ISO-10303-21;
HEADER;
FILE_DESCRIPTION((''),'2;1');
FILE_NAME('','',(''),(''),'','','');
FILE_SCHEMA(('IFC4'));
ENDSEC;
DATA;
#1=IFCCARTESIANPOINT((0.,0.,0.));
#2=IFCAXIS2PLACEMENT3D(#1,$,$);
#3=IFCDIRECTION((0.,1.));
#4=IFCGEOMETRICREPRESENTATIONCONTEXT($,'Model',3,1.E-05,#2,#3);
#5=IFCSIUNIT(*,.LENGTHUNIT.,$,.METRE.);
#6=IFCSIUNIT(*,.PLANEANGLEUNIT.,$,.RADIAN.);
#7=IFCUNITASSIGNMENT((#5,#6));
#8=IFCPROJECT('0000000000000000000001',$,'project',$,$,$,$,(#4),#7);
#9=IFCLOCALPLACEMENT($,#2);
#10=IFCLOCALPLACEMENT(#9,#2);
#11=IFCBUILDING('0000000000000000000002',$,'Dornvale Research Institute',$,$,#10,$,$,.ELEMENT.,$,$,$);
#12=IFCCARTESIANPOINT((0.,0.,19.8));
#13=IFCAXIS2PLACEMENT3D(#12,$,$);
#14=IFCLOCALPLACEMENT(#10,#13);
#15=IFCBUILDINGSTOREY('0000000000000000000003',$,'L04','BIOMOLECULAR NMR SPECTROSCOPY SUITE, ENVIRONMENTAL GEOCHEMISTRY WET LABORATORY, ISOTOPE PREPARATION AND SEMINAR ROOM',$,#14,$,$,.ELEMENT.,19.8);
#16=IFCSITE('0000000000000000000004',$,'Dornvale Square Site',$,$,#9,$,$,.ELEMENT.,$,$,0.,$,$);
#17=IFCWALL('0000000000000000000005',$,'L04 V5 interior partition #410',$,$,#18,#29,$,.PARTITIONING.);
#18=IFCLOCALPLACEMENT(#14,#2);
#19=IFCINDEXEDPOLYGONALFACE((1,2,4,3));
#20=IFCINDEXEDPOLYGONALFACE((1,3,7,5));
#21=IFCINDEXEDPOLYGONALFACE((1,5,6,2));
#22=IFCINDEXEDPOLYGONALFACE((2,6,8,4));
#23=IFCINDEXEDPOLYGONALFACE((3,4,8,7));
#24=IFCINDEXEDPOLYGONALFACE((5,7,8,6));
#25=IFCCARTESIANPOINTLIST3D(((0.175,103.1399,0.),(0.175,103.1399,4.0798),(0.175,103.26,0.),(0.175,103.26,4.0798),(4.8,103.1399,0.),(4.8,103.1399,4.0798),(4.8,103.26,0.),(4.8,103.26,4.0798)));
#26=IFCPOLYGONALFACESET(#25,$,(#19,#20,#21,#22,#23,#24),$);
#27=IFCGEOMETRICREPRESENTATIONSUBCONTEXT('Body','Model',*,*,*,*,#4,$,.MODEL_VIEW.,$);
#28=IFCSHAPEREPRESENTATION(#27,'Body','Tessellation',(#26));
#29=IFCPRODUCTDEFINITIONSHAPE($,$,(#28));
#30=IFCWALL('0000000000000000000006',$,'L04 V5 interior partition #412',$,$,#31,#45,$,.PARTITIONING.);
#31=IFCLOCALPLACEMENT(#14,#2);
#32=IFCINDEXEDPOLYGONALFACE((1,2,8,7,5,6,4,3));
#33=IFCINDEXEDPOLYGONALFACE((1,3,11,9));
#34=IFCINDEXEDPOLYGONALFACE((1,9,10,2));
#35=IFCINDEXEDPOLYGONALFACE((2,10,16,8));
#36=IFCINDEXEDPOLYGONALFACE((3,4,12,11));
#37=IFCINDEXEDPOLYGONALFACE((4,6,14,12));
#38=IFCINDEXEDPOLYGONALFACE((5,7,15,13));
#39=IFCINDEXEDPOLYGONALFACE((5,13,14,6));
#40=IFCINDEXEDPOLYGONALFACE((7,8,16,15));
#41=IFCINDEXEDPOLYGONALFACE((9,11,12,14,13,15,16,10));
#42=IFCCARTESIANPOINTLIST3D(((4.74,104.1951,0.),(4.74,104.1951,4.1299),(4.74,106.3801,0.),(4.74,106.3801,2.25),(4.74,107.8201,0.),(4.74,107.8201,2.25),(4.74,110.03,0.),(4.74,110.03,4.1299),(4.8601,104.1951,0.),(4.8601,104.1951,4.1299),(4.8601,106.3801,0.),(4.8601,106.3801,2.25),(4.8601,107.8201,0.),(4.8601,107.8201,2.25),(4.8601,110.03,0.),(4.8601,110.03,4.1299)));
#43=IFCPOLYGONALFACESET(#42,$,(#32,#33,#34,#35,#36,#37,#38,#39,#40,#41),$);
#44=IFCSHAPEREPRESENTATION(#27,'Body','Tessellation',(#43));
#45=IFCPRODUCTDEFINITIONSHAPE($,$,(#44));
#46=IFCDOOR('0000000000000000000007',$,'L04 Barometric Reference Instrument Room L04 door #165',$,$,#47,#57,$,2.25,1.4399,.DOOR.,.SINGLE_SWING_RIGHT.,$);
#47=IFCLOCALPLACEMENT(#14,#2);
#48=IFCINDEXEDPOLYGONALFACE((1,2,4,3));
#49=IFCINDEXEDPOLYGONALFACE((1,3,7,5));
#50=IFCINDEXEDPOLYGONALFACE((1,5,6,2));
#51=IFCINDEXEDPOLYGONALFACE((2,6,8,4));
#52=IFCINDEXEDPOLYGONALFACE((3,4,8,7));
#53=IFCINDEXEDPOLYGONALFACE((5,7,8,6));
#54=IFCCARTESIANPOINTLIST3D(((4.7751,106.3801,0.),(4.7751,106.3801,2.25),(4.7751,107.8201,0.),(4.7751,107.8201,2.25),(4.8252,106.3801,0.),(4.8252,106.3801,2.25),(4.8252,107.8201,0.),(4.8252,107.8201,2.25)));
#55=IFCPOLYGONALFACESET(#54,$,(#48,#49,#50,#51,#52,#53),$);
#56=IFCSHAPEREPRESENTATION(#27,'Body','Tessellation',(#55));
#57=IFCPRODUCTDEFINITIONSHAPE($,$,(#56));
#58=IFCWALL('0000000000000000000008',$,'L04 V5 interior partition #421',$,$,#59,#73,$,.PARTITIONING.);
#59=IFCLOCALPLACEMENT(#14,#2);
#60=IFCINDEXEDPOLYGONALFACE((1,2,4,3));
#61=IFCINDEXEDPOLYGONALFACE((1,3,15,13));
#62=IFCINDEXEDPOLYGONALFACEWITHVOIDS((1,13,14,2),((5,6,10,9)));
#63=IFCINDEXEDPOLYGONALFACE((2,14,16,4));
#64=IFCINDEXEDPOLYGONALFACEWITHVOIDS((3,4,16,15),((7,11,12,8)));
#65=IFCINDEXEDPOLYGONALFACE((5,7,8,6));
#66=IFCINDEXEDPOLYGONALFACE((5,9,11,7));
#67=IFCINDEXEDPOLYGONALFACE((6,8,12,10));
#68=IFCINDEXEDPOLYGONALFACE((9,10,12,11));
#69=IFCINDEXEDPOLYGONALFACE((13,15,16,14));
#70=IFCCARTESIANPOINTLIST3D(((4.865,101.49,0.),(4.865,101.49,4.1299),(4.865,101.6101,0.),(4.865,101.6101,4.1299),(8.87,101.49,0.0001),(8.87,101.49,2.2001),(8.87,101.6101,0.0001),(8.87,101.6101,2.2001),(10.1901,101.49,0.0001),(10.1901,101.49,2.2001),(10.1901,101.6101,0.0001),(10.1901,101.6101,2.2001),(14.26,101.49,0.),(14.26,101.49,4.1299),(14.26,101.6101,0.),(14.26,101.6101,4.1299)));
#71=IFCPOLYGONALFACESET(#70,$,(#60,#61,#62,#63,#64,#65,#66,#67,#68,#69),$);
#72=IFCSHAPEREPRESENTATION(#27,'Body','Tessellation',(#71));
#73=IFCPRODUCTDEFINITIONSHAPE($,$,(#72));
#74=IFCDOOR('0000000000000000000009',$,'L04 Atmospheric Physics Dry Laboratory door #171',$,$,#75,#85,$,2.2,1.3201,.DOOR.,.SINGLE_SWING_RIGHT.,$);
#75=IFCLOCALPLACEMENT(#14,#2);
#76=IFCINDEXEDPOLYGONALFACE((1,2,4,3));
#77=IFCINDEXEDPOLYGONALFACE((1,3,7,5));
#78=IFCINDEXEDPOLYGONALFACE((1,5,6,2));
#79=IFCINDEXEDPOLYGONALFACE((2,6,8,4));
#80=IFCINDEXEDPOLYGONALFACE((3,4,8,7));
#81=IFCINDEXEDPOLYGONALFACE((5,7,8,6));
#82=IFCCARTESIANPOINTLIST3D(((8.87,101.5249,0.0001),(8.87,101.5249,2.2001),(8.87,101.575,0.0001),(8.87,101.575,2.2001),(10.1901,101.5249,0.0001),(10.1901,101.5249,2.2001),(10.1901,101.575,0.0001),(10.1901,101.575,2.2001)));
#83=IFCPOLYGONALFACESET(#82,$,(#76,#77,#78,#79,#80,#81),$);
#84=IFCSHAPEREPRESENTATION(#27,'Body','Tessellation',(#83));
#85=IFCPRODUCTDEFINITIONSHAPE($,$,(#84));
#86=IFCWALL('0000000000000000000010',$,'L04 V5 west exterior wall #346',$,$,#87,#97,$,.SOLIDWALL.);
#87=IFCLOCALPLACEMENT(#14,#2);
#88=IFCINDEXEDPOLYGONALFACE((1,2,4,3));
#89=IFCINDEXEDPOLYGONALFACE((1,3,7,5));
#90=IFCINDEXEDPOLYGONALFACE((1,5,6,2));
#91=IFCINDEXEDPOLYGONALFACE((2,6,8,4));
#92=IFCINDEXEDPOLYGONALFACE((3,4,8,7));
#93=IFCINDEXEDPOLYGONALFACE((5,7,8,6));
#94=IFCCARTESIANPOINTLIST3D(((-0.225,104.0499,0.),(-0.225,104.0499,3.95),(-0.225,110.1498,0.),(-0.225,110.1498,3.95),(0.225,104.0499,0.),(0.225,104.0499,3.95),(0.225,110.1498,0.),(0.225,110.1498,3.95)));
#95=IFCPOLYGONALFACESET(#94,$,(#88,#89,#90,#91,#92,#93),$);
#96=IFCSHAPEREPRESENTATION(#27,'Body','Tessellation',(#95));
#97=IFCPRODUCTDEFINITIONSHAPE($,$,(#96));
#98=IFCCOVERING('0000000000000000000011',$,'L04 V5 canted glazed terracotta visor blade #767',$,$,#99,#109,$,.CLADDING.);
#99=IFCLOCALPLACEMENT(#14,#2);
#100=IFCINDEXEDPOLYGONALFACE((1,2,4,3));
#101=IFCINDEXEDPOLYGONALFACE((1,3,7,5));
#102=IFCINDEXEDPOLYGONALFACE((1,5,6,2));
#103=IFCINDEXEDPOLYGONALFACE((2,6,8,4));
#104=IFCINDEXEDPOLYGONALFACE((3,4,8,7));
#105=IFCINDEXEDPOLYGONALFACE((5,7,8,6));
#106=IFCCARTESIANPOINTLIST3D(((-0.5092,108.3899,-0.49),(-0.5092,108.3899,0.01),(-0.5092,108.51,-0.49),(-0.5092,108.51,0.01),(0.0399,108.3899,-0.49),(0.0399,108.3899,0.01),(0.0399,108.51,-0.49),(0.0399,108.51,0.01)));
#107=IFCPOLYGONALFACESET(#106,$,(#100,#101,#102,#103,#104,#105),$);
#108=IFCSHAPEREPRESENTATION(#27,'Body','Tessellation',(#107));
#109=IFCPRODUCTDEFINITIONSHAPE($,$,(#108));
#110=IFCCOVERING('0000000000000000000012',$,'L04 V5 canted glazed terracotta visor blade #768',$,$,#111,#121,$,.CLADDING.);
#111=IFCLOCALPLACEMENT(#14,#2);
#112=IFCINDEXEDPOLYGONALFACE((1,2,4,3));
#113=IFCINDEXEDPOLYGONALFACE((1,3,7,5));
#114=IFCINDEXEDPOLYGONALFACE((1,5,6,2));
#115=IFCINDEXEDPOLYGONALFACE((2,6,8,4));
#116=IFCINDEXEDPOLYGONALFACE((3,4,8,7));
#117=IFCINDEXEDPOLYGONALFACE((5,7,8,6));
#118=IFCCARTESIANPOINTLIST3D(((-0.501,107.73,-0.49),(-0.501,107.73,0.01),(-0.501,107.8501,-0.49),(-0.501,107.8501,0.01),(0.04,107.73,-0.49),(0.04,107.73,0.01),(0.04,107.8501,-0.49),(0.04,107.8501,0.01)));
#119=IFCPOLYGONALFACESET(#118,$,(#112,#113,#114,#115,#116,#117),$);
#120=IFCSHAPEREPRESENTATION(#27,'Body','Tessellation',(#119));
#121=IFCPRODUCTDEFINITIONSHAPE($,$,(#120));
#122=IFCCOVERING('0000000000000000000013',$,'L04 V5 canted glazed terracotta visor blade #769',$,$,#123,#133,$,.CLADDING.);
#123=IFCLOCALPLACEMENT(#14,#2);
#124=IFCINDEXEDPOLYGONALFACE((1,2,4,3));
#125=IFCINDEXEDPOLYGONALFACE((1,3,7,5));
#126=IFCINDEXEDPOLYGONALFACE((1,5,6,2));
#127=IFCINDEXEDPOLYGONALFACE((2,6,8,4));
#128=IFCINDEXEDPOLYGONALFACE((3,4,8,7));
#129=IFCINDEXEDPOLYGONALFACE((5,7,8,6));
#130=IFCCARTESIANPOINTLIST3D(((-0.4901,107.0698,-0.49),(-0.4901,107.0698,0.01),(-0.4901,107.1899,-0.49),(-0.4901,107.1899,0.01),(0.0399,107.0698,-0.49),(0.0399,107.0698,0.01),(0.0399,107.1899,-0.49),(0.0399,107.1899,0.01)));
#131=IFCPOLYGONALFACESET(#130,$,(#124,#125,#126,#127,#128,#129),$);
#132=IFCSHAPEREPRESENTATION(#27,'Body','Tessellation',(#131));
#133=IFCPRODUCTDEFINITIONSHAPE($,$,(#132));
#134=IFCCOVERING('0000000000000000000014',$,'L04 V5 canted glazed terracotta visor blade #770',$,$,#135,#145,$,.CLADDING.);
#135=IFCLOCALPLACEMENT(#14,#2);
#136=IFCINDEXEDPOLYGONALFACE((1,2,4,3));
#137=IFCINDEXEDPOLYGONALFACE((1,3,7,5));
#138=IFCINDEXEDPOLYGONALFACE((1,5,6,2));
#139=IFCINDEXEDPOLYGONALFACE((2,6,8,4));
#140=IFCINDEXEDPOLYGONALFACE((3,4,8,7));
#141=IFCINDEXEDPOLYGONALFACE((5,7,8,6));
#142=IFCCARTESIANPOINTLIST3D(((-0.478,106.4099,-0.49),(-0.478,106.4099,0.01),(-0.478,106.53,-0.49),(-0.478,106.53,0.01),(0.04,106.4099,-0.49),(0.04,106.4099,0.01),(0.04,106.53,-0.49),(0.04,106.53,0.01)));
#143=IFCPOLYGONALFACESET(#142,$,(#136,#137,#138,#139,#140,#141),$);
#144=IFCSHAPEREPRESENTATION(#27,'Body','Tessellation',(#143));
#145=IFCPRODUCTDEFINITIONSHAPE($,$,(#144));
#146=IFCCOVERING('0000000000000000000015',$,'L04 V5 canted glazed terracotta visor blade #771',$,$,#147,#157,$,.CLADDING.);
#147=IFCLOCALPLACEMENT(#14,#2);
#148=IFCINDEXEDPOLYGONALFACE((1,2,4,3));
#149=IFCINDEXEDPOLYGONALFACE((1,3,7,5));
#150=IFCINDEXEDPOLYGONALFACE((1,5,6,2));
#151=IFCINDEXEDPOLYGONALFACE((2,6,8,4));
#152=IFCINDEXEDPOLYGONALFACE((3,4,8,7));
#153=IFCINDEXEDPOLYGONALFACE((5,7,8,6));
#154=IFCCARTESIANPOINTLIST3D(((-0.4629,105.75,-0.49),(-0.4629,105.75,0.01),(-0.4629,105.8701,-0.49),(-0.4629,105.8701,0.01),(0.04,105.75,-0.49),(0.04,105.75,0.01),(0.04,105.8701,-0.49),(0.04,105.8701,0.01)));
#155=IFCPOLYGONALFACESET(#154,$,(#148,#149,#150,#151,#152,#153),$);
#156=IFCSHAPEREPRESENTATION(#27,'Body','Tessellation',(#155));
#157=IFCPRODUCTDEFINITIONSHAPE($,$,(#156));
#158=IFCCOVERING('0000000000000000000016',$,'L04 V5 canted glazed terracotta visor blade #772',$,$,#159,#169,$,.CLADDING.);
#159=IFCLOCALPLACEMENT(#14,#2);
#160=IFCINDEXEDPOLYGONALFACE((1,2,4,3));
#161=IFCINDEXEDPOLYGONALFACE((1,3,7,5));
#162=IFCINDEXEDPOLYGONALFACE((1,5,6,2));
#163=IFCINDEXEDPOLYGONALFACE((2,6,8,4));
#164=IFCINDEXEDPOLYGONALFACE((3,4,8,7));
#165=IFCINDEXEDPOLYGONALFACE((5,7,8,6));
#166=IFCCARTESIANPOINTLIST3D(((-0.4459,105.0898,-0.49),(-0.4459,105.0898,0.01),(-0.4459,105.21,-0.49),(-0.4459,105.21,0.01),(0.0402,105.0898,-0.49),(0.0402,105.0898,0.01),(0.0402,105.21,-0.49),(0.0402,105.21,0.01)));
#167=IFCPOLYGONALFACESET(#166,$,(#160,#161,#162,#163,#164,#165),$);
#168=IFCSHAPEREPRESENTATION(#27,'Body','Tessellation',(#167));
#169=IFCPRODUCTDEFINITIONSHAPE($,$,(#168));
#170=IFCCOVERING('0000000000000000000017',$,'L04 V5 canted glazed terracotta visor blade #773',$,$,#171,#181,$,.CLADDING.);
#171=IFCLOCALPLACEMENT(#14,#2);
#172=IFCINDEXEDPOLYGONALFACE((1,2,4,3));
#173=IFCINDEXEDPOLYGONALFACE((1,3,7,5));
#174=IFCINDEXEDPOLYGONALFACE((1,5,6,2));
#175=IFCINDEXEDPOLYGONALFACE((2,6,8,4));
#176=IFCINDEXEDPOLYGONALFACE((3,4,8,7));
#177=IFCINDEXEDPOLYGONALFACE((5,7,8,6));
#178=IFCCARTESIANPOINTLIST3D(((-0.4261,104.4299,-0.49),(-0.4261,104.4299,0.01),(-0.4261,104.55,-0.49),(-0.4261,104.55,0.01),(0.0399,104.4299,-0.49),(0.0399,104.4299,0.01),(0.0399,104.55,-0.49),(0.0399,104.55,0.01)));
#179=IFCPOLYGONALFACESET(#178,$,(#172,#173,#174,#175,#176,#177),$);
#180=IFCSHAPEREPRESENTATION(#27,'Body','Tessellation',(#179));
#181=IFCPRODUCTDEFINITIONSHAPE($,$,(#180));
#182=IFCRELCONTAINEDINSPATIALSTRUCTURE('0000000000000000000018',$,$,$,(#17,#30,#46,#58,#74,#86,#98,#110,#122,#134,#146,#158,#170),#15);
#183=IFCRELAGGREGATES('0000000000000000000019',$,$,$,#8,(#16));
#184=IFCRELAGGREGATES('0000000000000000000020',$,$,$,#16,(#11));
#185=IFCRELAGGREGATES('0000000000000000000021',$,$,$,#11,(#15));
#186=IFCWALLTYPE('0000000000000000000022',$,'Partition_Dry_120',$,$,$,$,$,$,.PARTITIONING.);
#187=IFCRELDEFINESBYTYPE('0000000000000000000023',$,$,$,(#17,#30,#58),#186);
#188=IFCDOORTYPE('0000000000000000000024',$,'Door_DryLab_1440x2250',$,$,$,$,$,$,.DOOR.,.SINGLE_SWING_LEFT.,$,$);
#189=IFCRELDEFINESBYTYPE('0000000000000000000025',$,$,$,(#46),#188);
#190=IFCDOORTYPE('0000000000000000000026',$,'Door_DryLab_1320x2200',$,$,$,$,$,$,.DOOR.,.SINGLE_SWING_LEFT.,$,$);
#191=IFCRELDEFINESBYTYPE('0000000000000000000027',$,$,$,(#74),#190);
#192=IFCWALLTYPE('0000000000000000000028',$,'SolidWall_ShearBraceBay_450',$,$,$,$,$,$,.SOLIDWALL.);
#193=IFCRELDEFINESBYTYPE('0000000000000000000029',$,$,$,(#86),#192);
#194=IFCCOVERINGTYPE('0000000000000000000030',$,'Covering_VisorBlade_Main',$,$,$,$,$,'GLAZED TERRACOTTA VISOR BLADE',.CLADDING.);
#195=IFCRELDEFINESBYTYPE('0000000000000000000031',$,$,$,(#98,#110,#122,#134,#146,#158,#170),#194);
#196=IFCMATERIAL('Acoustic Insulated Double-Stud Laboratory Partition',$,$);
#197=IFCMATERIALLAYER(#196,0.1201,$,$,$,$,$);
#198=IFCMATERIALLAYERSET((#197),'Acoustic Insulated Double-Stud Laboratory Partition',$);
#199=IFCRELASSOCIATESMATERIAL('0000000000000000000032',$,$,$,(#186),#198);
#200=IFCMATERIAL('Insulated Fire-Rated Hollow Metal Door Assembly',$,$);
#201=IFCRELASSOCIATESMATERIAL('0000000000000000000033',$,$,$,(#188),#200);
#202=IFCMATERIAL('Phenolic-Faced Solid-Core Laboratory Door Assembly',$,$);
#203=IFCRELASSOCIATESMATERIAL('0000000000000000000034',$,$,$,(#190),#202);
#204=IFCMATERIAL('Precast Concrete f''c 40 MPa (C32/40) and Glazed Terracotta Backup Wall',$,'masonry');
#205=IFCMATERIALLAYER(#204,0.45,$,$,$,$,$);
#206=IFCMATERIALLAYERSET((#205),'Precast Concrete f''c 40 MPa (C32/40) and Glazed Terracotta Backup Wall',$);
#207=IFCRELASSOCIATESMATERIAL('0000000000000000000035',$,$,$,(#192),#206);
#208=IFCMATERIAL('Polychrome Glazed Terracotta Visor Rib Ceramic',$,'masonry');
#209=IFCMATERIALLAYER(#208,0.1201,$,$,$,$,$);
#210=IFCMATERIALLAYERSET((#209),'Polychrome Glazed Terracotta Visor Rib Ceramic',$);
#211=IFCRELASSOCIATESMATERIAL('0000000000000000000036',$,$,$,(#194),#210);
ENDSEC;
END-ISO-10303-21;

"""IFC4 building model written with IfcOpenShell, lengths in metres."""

from ifc_helpers import new_model, si_unit, direction, frame, frame_2d, origin, origin_2d, place, context, subcontext, project, spatial, rectangle, extrude, material, layer, layer_set, type_object, element, fill, save


model = new_model("IFC4")

# Units and contexts
model_context = context("Model", 3, precision=1e-05, world=origin(), true_north=direction((0.0, 1.0)))
body_context = subcontext(model_context, "Body", "Model", "MODEL_VIEW")
ifc_project = project(units=[si_unit("LENGTHUNIT", "METRE"), si_unit("PLANEANGLEUNIT", "RADIAN")], contexts=[model_context])

# Site, building, storey
site_placement = place(None, origin())
site = spatial("IfcSite", under=ifc_project, at=site_placement, Name="Dornvale Square Site", CompositionType="ELEMENT", RefElevation=0.0)
building_placement = place(site_placement, origin())
building = spatial("IfcBuilding", under=site, at=building_placement, Name="Dornvale Research Institute", CompositionType="ELEMENT")
storey_placement = place(building_placement, frame((0.0, 0.0, 19.8)))
storey = spatial("IfcBuildingStorey", under=building, at=storey_placement, Name="L04", Description="BIOMOLECULAR NMR SPECTROSCOPY SUITE, ENVIRONMENTAL GEOCHEMISTRY WET LABORATORY, ISOTOPE PREPARATION AND SEMINAR ROOM", CompositionType="ELEMENT", Elevation=19.8)

# Wall
ifc_material_1 = material(Name="Acoustic Insulated Double-Stud Laboratory Partition")
ifc_layer_1 = layer(ifc_material_1, 0.1201)
ifc_layer_set_1 = layer_set([ifc_layer_1], Name="Acoustic Insulated Double-Stud Laboratory Partition")
wall_type_1 = type_object("IfcWallType", Name="Partition_Dry_120", PredefinedType="PARTITIONING", material=ifc_layer_set_1)
wall_1_placement = place(storey_placement, frame((0.175, 103.2, 0.0), z_axis=(0.0, 0.0, 1.0), x_axis=(1.0, 0.0, 0.0)))
element("IfcWall", 1, at=wall_1_placement, inside=storey, type_object=wall_type_1, Name="L04 V5 interior partition #410", PredefinedType="PARTITIONING", context=body_context, shape_type="SweptSolid", body=[
    extrude(rectangle(XDim=4.625, YDim=0.1201, at=frame_2d((2.3125, 0.0))), origin(), (0.0, 0.0, 1.0), 4.0798),
])

# Walls, openings, doors
wall_2_placement = place(storey_placement, frame((4.8, 104.1951, 0.0), z_axis=(0.0, 0.0, 1.0), x_axis=(0.0, 1.0, 0.0)))
wall_2 = element("IfcWall", 2, at=wall_2_placement, inside=storey, type_object=wall_type_1, Name="L04 V5 interior partition #412", PredefinedType="PARTITIONING", context=body_context, shape_type="SweptSolid", body=[
    extrude(rectangle(XDim=5.835, YDim=0.1201, at=frame_2d((2.9175, 0.0))), origin(), (0.0, 0.0, 1.0), 4.1299),
])
opening_1_placement = place(wall_2_placement, frame((2.1851, 0.0, 0.0)))
opening_1 = element("IfcOpeningElement", 3, at=opening_1_placement, cuts=wall_2, PredefinedType="OPENING", context=body_context, shape_type="SweptSolid", body=[
    extrude(rectangle(XDim=1.4399, YDim=2.25, at=frame_2d((0.72, 1.125))), frame((0.0, 0.075, 0.0), z_axis=(0.0, -1.0, 0.0), x_axis=(1.0, 0.0, 0.0)), (0.0, 0.0, 1.0), 0.1501),
])
ifc_material_2 = material(Name="Insulated Fire-Rated Hollow Metal Door Assembly")
door_type_1 = type_object("IfcDoorType", Name="Door_DryLab_1440x2250", OperationType="SINGLE_SWING_LEFT", PredefinedType="DOOR", material=ifc_material_2)
door_1_placement = place(opening_1_placement, origin())
door_1 = element("IfcDoor", 4, at=door_1_placement, inside=storey, type_object=door_type_1, Name="L04 Barometric Reference Instrument Room L04 door #165", OperationType="SINGLE_SWING_RIGHT", OverallHeight=2.25, OverallWidth=1.4399, PredefinedType="DOOR", context=body_context, shape_type="SweptSolid", body=[
    extrude(rectangle(XDim=1.4399, YDim=2.25, at=frame_2d((0.72, 1.125))), frame((0.0, 0.0249, 0.0), z_axis=(0.0, -1.0, 0.0), x_axis=(1.0, 0.0, 0.0)), (0.0, 0.0, 1.0), 0.05),
])
fill(opening_1, door_1)
wall_3_placement = place(storey_placement, frame((4.865, 101.55, 0.0), z_axis=(0.0, 0.0, 1.0), x_axis=(1.0, 0.0, 0.0)))
wall_3 = element("IfcWall", 5, at=wall_3_placement, inside=storey, type_object=wall_type_1, Name="L04 V5 interior partition #421", PredefinedType="PARTITIONING", context=body_context, shape_type="SweptSolid", body=[
    extrude(rectangle(XDim=9.395, YDim=0.1201, at=frame_2d((4.6975, 0.0))), origin(), (0.0, 0.0, 1.0), 4.1299),
])
opening_2_placement = place(wall_3_placement, frame((4.0049, 0.0, 0.0)))
opening_2 = element("IfcOpeningElement", 6, at=opening_2_placement, cuts=wall_3, PredefinedType="OPENING", context=body_context, shape_type="SweptSolid", body=[
    extrude(rectangle(XDim=1.3201, YDim=2.2, at=frame_2d((0.6602, 1.1001))), frame((0.0, 0.075, 0.0), z_axis=(0.0, -1.0, 0.0), x_axis=(1.0, 0.0, 0.0)), (0.0, 0.0, 1.0), 0.1501),
])
ifc_material_3 = material(Name="Phenolic-Faced Solid-Core Laboratory Door Assembly")
door_type_2 = type_object("IfcDoorType", Name="Door_DryLab_1320x2200", OperationType="SINGLE_SWING_LEFT", PredefinedType="DOOR", material=ifc_material_3)
door_2_placement = place(opening_2_placement, origin())
door_2 = element("IfcDoor", 7, at=door_2_placement, inside=storey, type_object=door_type_2, Name="L04 Atmospheric Physics Dry Laboratory door #171", OperationType="SINGLE_SWING_RIGHT", OverallHeight=2.2, OverallWidth=1.3201, PredefinedType="DOOR", context=body_context, shape_type="SweptSolid", body=[
    extrude(rectangle(XDim=1.3201, YDim=2.2, at=frame_2d((0.6602, 1.1001))), frame((0.0, 0.0249, 0.0), z_axis=(0.0, -1.0, 0.0), x_axis=(1.0, 0.0, 0.0)), (0.0, 0.0, 1.0), 0.05),
])
fill(opening_2, door_2)

# Wall
ifc_material_4 = material(Name="Precast Concrete f'c 40 MPa (C32/40) and Glazed Terracotta Backup Wall", Category="masonry")
ifc_layer_2 = layer(ifc_material_4, 0.45)
ifc_layer_set_2 = layer_set([ifc_layer_2], Name="Precast Concrete f'c 40 MPa (C32/40) and Glazed Terracotta Backup Wall")
wall_type_2 = type_object("IfcWallType", Name="SolidWall_ShearBraceBay_450", PredefinedType="SOLIDWALL", material=ifc_layer_set_2)
wall_4_placement = place(storey_placement, frame((0.0, 104.05, 0.0), z_axis=(0.0, 0.0, 1.0), x_axis=(0.0, 1.0, 0.0)))
element("IfcWall", 8, at=wall_4_placement, inside=storey, type_object=wall_type_2, Name="L04 V5 west exterior wall #346", PredefinedType="SOLIDWALL", context=body_context, shape_type="SweptSolid", body=[
    extrude(rectangle(XDim=6.0999, YDim=0.45, at=frame_2d((3.0498, 0.0))), origin(), (0.0, 0.0, 1.0), 3.95),
])

# Coverings
ifc_material_5 = material(Name="Polychrome Glazed Terracotta Visor Rib Ceramic", Category="masonry")
ifc_layer_3 = layer(ifc_material_5, 0.1201)
ifc_layer_set_3 = layer_set([ifc_layer_3], Name="Polychrome Glazed Terracotta Visor Rib Ceramic")
covering_type = type_object("IfcCoveringType", Name="Covering_VisorBlade_Main", ElementType="GLAZED TERRACOTTA VISOR BLADE", PredefinedType="CLADDING", material=ifc_layer_set_3)
covering_1_placement = place(storey_placement, frame((-0.2346, 108.45, -0.49), z_axis=(0.0, 0.0, 1.0), x_axis=(1.0, 0.0, 0.0)))
element("IfcCovering", 9, at=covering_1_placement, inside=storey, type_object=covering_type, Name="L04 V5 canted glazed terracotta visor blade #767", PredefinedType="CLADDING", context=body_context, shape_type="SweptSolid", body=[
    extrude(rectangle(XDim=0.5491, YDim=0.1201, at=origin_2d()), origin(), (0.0, 0.0, 1.0), 0.5),
])
covering_2_placement = place(storey_placement, frame((-0.2305, 107.79, -0.49), z_axis=(0.0, 0.0, 1.0), x_axis=(1.0, 0.0, 0.0)))
element("IfcCovering", 10, at=covering_2_placement, inside=storey, type_object=covering_type, Name="L04 V5 canted glazed terracotta visor blade #768", PredefinedType="CLADDING", context=body_context, shape_type="SweptSolid", body=[
    extrude(rectangle(XDim=0.541, YDim=0.1201, at=origin_2d()), origin(), (0.0, 0.0, 1.0), 0.5),
])
covering_3_placement = place(storey_placement, frame((-0.2251, 107.1299, -0.49), z_axis=(0.0, 0.0, 1.0), x_axis=(1.0, 0.0, 0.0)))
element("IfcCovering", 11, at=covering_3_placement, inside=storey, type_object=covering_type, Name="L04 V5 canted glazed terracotta visor blade #769", PredefinedType="CLADDING", context=body_context, shape_type="SweptSolid", body=[
    extrude(rectangle(XDim=0.53, YDim=0.1201, at=origin_2d()), origin(), (0.0, 0.0, 1.0), 0.5),
])
covering_4_placement = place(storey_placement, frame((-0.219, 106.47, -0.49), z_axis=(0.0, 0.0, 1.0), x_axis=(1.0, 0.0, 0.0)))
element("IfcCovering", 12, at=covering_4_placement, inside=storey, type_object=covering_type, Name="L04 V5 canted glazed terracotta visor blade #770", PredefinedType="CLADDING", context=body_context, shape_type="SweptSolid", body=[
    extrude(rectangle(XDim=0.5181, YDim=0.1201, at=origin_2d()), origin(), (0.0, 0.0, 1.0), 0.5),
])
covering_5_placement = place(storey_placement, frame((-0.2114, 105.8101, -0.49), z_axis=(0.0, 0.0, 1.0), x_axis=(1.0, 0.0, 0.0)))
element("IfcCovering", 13, at=covering_5_placement, inside=storey, type_object=covering_type, Name="L04 V5 canted glazed terracotta visor blade #771", PredefinedType="CLADDING", context=body_context, shape_type="SweptSolid", body=[
    extrude(rectangle(XDim=0.5029, YDim=0.1201, at=origin_2d()), origin(), (0.0, 0.0, 1.0), 0.5),
])
covering_6_placement = place(storey_placement, frame((-0.2029, 105.1499, -0.49), z_axis=(0.0, 0.0, 1.0), x_axis=(1.0, 0.0, 0.0)))
element("IfcCovering", 14, at=covering_6_placement, inside=storey, type_object=covering_type, Name="L04 V5 canted glazed terracotta visor blade #772", PredefinedType="CLADDING", context=body_context, shape_type="SweptSolid", body=[
    extrude(rectangle(XDim=0.4861, YDim=0.1201, at=origin_2d()), origin(), (0.0, 0.0, 1.0), 0.5),
])
covering_7_placement = place(storey_placement, frame((-0.1931, 104.49, -0.49), z_axis=(0.0, 0.0, 1.0), x_axis=(1.0, 0.0, 0.0)))
element("IfcCovering", 15, at=covering_7_placement, inside=storey, type_object=covering_type, Name="L04 V5 canted glazed terracotta visor blade #773", PredefinedType="CLADDING", context=body_context, shape_type="SweptSolid", body=[
    extrude(rectangle(XDim=0.4661, YDim=0.1201, at=origin_2d()), origin(), (0.0, 0.0, 1.0), 0.5),
])

save(model, "model.ifc")
